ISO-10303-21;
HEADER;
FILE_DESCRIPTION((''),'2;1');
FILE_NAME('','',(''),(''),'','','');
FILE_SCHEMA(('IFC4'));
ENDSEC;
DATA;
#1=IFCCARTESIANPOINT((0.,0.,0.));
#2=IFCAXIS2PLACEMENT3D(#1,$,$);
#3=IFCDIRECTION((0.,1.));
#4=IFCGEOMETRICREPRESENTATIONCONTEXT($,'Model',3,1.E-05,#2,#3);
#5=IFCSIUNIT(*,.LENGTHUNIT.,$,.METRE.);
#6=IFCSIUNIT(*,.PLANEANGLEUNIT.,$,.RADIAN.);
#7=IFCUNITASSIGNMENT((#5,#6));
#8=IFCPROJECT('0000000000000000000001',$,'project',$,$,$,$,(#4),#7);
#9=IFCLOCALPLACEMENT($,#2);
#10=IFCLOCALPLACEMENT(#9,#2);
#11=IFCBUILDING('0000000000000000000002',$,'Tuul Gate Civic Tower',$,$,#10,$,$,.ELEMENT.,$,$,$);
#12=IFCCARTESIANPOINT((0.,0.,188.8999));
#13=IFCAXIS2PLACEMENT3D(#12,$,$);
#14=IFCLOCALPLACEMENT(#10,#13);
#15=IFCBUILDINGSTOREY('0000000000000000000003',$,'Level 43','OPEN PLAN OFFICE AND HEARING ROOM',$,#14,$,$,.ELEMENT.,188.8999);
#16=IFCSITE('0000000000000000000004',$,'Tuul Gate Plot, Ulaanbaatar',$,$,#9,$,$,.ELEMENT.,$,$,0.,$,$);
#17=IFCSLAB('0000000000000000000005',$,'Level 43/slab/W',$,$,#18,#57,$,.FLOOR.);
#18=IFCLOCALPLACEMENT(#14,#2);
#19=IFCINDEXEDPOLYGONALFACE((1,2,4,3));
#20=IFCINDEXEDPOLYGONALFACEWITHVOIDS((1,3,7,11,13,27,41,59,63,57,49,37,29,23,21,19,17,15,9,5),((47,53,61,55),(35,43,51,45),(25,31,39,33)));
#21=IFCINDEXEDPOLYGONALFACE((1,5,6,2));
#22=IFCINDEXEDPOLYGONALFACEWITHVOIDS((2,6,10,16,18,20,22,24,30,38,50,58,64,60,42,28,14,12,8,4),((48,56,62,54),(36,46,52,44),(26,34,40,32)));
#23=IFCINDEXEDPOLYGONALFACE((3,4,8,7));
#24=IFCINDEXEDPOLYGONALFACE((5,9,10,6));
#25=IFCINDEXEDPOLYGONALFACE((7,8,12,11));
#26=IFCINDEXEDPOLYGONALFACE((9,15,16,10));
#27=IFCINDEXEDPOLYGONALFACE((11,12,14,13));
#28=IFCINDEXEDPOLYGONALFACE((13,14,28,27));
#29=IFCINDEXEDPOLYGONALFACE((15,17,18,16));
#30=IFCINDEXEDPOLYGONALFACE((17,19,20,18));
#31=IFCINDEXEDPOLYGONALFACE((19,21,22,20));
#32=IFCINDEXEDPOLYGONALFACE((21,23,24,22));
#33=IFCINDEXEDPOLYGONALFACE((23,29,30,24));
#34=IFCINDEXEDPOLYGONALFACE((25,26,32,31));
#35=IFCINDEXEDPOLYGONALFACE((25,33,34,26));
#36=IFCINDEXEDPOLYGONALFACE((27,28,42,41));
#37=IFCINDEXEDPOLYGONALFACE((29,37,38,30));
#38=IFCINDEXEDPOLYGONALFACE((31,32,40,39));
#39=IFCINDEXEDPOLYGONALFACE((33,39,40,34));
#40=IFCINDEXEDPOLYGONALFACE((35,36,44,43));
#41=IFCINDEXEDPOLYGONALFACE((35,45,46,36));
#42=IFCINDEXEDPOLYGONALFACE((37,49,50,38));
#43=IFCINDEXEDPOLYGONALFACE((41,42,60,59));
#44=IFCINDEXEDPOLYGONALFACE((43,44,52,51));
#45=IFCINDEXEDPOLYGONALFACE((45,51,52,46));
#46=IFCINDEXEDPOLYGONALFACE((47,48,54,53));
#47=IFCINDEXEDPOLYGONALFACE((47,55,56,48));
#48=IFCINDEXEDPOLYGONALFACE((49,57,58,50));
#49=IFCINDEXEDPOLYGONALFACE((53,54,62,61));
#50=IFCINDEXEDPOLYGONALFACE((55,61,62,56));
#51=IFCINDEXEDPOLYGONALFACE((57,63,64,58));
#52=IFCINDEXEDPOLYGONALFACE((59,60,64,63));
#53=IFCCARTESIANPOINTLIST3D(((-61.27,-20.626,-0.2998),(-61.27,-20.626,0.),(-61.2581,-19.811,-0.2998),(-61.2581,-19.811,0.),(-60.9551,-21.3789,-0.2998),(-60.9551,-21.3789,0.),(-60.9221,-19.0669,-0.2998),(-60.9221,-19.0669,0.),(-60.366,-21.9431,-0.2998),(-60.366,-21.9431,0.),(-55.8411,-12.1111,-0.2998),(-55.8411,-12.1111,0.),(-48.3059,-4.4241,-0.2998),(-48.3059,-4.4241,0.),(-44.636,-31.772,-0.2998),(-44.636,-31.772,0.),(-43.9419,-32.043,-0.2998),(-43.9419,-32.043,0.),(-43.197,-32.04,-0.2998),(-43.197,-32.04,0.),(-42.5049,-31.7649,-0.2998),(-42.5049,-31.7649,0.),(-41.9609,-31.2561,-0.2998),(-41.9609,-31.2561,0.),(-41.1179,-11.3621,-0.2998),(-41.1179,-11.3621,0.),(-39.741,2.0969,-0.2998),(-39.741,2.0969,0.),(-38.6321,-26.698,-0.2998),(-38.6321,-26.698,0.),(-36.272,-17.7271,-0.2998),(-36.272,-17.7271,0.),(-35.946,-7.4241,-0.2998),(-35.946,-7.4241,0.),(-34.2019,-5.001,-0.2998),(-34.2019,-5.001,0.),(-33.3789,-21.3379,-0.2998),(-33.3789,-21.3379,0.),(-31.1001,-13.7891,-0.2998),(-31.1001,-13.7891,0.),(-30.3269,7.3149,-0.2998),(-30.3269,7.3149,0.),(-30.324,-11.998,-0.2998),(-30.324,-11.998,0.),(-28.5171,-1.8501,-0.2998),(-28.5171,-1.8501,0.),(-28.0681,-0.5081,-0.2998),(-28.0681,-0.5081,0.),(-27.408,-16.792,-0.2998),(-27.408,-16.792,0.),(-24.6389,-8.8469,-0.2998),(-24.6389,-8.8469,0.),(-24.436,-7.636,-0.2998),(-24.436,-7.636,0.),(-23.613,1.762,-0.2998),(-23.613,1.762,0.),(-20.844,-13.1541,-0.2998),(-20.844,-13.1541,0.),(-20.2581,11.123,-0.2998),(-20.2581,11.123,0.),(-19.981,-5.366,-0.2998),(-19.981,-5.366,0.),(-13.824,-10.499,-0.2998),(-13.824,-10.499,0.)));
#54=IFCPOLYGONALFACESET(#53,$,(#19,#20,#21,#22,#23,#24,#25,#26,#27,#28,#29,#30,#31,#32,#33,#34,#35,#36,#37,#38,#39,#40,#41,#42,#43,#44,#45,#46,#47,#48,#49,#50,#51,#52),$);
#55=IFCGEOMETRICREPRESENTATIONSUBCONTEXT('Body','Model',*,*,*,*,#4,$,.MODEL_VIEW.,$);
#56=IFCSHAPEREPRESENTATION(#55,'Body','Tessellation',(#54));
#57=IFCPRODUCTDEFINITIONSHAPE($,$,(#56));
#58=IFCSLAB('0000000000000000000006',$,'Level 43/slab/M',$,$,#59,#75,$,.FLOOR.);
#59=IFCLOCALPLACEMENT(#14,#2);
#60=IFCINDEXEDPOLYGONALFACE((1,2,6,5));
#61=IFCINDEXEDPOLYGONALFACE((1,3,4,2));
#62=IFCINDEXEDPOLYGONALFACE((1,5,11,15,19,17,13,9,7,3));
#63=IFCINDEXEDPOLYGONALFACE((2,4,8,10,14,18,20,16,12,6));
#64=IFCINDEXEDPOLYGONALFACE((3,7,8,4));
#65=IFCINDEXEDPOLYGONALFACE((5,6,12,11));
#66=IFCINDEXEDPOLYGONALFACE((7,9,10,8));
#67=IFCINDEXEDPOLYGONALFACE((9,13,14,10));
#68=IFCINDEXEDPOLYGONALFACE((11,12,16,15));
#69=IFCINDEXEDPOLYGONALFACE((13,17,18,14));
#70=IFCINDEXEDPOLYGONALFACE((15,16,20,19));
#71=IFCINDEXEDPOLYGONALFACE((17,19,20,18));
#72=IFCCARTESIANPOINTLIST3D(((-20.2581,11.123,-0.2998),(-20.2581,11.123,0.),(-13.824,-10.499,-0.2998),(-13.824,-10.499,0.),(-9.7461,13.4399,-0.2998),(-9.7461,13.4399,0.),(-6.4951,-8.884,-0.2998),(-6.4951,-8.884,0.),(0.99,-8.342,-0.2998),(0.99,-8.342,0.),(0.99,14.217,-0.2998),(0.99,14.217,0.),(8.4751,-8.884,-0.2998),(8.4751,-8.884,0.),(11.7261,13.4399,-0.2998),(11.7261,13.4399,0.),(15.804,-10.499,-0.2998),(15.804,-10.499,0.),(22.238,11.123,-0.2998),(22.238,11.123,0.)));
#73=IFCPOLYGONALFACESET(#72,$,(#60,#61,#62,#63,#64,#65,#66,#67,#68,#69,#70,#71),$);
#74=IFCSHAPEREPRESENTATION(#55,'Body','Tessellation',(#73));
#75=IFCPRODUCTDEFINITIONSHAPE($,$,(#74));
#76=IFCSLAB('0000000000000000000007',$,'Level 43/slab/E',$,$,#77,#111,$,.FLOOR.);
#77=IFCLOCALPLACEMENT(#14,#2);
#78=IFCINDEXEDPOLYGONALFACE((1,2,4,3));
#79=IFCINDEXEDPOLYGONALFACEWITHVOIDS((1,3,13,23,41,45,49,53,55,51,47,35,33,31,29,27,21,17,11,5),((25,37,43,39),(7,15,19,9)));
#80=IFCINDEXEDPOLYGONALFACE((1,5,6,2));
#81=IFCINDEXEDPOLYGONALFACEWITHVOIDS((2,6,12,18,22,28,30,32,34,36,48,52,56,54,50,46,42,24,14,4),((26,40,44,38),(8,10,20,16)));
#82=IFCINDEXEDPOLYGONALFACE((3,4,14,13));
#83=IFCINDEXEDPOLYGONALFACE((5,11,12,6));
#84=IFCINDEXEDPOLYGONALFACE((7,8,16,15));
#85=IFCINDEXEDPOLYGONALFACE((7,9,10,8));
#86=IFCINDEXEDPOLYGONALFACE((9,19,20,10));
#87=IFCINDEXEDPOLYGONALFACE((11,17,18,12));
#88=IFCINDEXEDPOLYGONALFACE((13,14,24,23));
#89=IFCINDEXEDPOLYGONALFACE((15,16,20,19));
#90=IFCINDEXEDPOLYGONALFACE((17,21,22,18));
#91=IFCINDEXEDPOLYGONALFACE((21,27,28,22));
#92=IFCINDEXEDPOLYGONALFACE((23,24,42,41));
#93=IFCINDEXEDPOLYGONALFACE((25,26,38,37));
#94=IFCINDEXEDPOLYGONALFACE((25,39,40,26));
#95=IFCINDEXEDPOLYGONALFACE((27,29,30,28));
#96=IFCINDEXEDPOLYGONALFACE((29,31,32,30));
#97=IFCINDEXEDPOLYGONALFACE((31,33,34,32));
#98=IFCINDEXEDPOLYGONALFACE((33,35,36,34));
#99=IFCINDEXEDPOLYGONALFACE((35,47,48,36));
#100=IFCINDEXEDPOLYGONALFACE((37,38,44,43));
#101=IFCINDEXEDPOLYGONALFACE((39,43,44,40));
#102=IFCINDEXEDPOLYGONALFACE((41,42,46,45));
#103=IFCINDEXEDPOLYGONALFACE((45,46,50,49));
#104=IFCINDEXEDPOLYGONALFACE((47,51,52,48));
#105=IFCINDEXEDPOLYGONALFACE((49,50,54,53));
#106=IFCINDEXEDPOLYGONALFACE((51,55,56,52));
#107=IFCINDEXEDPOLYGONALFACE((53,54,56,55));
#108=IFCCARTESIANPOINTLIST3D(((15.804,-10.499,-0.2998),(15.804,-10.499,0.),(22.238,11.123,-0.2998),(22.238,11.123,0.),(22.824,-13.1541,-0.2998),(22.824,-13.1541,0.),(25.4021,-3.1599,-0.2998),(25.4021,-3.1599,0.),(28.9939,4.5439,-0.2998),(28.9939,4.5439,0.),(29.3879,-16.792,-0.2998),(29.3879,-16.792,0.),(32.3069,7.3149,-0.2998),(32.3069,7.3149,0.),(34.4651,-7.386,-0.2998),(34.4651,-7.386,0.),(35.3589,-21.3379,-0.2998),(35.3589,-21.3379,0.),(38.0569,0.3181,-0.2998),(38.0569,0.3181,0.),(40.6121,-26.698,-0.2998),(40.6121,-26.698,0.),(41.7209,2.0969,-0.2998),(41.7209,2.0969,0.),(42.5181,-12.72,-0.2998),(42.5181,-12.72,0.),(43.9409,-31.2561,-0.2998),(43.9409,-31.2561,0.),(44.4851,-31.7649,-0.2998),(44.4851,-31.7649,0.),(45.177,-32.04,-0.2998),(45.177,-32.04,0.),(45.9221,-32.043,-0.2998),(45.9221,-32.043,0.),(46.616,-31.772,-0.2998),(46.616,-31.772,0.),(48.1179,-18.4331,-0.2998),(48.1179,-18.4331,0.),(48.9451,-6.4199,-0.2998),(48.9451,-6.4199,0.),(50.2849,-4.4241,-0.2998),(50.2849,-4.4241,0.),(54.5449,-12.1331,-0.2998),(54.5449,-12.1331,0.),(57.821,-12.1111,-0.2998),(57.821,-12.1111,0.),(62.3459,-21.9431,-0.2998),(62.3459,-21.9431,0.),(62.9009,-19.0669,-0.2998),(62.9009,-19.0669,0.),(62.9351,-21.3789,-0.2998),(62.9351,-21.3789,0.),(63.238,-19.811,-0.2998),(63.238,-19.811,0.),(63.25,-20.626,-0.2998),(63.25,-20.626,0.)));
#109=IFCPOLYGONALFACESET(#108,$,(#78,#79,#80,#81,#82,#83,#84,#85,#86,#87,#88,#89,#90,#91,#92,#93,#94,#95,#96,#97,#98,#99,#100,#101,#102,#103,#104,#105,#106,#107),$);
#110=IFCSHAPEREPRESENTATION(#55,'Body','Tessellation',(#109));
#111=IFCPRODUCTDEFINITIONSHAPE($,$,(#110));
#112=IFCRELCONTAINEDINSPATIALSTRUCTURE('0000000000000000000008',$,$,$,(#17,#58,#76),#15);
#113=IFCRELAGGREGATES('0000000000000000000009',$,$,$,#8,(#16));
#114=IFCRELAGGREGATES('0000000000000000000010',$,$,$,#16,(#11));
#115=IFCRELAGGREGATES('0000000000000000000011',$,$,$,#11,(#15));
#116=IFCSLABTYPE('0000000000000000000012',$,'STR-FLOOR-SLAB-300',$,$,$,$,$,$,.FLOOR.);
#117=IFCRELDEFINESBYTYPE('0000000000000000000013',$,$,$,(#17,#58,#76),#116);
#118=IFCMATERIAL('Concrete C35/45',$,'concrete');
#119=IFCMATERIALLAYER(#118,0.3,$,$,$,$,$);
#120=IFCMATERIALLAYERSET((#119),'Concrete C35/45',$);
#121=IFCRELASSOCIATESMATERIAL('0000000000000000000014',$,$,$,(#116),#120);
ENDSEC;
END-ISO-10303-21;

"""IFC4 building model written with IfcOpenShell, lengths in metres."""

from ifc_helpers import new_model, si_unit, direction, frame, origin, place, context, subcontext, project, spatial, polyline, outline, extrude, material, layer, layer_set, type_object, element, save


model = new_model("IFC4")

# Units and contexts
model_context = context("Model", 3, precision=1e-05, world=origin(), true_north=direction((0.0, 1.0)))
body_context = subcontext(model_context, "Body", "Model", "MODEL_VIEW")
ifc_project = project(units=[si_unit("LENGTHUNIT", "METRE"), si_unit("PLANEANGLEUNIT", "RADIAN")], contexts=[model_context])

# Site, building, storey
site_placement = place(None, origin())
site = spatial("IfcSite", under=ifc_project, at=site_placement, Name="Tuul Gate Plot, Ulaanbaatar", CompositionType="ELEMENT", RefElevation=0.0)
building_placement = place(site_placement, origin())
building = spatial("IfcBuilding", under=site, at=building_placement, Name="Tuul Gate Civic Tower", CompositionType="ELEMENT")
storey_placement = place(building_placement, frame((0.0, 0.0, 188.8999)))
storey = spatial("IfcBuildingStorey", under=building, at=storey_placement, Name="Level 43", Description="OPEN PLAN OFFICE AND HEARING ROOM", CompositionType="ELEMENT", Elevation=188.8999)

# Slabs
ifc_material_1 = material(Name="Concrete C35/45", Category="concrete")
ifc_layer_1 = layer(ifc_material_1, 0.3)
ifc_layer_set_1 = layer_set([ifc_layer_1], Name="Concrete C35/45")
slab_type_1 = type_object("IfcSlabType", Name="STR-FLOOR-SLAB-300", PredefinedType="FLOOR", material=ifc_layer_set_1)
slab_1_placement = place(storey_placement, frame((0.0, 0.0, -0.2998)))
element("IfcSlab", 1, at=slab_1_placement, inside=storey, type_object=slab_type_1, Name="Level 43/slab/W", PredefinedType="FLOOR", context=body_context, shape_type="SweptSolid", body=[
    extrude(outline(polyline([(-20.844, -13.1541), (-13.824, -10.499), (-20.2581, 11.123), (-30.3269, 7.3149), (-39.741, 2.0969), (-48.3059, -4.4241), (-55.8411, -12.1111), (-60.9221, -19.0669), (-61.2581, -19.811), (-61.27, -20.626), (-60.9551, -21.3789), (-60.366, -21.9431), (-44.636, -31.772), (-43.9419, -32.043), (-43.197, -32.04), (-42.5049, -31.7649), (-41.9609, -31.2561), (-38.6321, -26.698), (-33.3789, -21.3379), (-27.408, -16.792), (-20.844, -13.1541)]), holes=[polyline([(-31.1001, -13.7891), (-36.272, -17.7271), (-41.1179, -11.3621), (-35.946, -7.4241), (-31.1001, -13.7891)]), polyline([(-24.6389, -8.8469), (-30.324, -11.998), (-34.2019, -5.001), (-28.5171, -1.8501), (-24.6389, -8.8469)]), polyline([(-24.436, -7.636), (-28.0681, -0.5081), (-23.613, 1.762), (-19.981, -5.366), (-24.436, -7.636)])]), origin(), (0.0, 0.0, 1.0), 0.2998),
])
slab_2_placement = place(storey_placement, frame((0.0, 0.0, -0.2998)))
element("IfcSlab", 2, at=slab_2_placement, inside=storey, type_object=slab_type_1, Name="Level 43/slab/M", PredefinedType="FLOOR", context=body_context, shape_type="SweptSolid", body=[
    extrude(outline(polyline([(15.804, -10.499), (22.238, 11.123), (11.7261, 13.4399), (0.99, 14.217), (-9.7461, 13.4399), (-20.2581, 11.123), (-13.824, -10.499), (-6.4951, -8.884), (0.99, -8.342), (8.4751, -8.884), (15.804, -10.499)])), origin(), (0.0, 0.0, 1.0), 0.2998),
])
slab_3_placement = place(storey_placement, frame((0.0, 0.0, -0.2998)))
element("IfcSlab", 3, at=slab_3_placement, inside=storey, type_object=slab_type_1, Name="Level 43/slab/E", PredefinedType="FLOOR", context=body_context, shape_type="SweptSolid", body=[
    extrude(outline(polyline([(45.9221, -32.043), (46.616, -31.772), (62.3459, -21.9431), (62.9351, -21.3789), (63.25, -20.626), (63.238, -19.811), (62.9009, -19.0669), (57.821, -12.1111), (50.2849, -4.4241), (41.7209, 2.0969), (32.3069, 7.3149), (22.238, 11.123), (15.804, -10.499), (22.824, -13.1541), (29.3879, -16.792), (35.3589, -21.3379), (40.6121, -26.698), (43.9409, -31.2561), (44.4851, -31.7649), (45.177, -32.04), (45.9221, -32.043)]), holes=[polyline([(48.1179, -18.4331), (42.5181, -12.72), (48.9451, -6.4199), (54.5449, -12.1331), (48.1179, -18.4331)]), polyline([(25.4021, -3.1599), (28.9939, 4.5439), (38.0569, 0.3181), (34.4651, -7.386), (25.4021, -3.1599)])]), origin(), (0.0, 0.0, 1.0), 0.2998),
])

save(model, "model.ifc")
